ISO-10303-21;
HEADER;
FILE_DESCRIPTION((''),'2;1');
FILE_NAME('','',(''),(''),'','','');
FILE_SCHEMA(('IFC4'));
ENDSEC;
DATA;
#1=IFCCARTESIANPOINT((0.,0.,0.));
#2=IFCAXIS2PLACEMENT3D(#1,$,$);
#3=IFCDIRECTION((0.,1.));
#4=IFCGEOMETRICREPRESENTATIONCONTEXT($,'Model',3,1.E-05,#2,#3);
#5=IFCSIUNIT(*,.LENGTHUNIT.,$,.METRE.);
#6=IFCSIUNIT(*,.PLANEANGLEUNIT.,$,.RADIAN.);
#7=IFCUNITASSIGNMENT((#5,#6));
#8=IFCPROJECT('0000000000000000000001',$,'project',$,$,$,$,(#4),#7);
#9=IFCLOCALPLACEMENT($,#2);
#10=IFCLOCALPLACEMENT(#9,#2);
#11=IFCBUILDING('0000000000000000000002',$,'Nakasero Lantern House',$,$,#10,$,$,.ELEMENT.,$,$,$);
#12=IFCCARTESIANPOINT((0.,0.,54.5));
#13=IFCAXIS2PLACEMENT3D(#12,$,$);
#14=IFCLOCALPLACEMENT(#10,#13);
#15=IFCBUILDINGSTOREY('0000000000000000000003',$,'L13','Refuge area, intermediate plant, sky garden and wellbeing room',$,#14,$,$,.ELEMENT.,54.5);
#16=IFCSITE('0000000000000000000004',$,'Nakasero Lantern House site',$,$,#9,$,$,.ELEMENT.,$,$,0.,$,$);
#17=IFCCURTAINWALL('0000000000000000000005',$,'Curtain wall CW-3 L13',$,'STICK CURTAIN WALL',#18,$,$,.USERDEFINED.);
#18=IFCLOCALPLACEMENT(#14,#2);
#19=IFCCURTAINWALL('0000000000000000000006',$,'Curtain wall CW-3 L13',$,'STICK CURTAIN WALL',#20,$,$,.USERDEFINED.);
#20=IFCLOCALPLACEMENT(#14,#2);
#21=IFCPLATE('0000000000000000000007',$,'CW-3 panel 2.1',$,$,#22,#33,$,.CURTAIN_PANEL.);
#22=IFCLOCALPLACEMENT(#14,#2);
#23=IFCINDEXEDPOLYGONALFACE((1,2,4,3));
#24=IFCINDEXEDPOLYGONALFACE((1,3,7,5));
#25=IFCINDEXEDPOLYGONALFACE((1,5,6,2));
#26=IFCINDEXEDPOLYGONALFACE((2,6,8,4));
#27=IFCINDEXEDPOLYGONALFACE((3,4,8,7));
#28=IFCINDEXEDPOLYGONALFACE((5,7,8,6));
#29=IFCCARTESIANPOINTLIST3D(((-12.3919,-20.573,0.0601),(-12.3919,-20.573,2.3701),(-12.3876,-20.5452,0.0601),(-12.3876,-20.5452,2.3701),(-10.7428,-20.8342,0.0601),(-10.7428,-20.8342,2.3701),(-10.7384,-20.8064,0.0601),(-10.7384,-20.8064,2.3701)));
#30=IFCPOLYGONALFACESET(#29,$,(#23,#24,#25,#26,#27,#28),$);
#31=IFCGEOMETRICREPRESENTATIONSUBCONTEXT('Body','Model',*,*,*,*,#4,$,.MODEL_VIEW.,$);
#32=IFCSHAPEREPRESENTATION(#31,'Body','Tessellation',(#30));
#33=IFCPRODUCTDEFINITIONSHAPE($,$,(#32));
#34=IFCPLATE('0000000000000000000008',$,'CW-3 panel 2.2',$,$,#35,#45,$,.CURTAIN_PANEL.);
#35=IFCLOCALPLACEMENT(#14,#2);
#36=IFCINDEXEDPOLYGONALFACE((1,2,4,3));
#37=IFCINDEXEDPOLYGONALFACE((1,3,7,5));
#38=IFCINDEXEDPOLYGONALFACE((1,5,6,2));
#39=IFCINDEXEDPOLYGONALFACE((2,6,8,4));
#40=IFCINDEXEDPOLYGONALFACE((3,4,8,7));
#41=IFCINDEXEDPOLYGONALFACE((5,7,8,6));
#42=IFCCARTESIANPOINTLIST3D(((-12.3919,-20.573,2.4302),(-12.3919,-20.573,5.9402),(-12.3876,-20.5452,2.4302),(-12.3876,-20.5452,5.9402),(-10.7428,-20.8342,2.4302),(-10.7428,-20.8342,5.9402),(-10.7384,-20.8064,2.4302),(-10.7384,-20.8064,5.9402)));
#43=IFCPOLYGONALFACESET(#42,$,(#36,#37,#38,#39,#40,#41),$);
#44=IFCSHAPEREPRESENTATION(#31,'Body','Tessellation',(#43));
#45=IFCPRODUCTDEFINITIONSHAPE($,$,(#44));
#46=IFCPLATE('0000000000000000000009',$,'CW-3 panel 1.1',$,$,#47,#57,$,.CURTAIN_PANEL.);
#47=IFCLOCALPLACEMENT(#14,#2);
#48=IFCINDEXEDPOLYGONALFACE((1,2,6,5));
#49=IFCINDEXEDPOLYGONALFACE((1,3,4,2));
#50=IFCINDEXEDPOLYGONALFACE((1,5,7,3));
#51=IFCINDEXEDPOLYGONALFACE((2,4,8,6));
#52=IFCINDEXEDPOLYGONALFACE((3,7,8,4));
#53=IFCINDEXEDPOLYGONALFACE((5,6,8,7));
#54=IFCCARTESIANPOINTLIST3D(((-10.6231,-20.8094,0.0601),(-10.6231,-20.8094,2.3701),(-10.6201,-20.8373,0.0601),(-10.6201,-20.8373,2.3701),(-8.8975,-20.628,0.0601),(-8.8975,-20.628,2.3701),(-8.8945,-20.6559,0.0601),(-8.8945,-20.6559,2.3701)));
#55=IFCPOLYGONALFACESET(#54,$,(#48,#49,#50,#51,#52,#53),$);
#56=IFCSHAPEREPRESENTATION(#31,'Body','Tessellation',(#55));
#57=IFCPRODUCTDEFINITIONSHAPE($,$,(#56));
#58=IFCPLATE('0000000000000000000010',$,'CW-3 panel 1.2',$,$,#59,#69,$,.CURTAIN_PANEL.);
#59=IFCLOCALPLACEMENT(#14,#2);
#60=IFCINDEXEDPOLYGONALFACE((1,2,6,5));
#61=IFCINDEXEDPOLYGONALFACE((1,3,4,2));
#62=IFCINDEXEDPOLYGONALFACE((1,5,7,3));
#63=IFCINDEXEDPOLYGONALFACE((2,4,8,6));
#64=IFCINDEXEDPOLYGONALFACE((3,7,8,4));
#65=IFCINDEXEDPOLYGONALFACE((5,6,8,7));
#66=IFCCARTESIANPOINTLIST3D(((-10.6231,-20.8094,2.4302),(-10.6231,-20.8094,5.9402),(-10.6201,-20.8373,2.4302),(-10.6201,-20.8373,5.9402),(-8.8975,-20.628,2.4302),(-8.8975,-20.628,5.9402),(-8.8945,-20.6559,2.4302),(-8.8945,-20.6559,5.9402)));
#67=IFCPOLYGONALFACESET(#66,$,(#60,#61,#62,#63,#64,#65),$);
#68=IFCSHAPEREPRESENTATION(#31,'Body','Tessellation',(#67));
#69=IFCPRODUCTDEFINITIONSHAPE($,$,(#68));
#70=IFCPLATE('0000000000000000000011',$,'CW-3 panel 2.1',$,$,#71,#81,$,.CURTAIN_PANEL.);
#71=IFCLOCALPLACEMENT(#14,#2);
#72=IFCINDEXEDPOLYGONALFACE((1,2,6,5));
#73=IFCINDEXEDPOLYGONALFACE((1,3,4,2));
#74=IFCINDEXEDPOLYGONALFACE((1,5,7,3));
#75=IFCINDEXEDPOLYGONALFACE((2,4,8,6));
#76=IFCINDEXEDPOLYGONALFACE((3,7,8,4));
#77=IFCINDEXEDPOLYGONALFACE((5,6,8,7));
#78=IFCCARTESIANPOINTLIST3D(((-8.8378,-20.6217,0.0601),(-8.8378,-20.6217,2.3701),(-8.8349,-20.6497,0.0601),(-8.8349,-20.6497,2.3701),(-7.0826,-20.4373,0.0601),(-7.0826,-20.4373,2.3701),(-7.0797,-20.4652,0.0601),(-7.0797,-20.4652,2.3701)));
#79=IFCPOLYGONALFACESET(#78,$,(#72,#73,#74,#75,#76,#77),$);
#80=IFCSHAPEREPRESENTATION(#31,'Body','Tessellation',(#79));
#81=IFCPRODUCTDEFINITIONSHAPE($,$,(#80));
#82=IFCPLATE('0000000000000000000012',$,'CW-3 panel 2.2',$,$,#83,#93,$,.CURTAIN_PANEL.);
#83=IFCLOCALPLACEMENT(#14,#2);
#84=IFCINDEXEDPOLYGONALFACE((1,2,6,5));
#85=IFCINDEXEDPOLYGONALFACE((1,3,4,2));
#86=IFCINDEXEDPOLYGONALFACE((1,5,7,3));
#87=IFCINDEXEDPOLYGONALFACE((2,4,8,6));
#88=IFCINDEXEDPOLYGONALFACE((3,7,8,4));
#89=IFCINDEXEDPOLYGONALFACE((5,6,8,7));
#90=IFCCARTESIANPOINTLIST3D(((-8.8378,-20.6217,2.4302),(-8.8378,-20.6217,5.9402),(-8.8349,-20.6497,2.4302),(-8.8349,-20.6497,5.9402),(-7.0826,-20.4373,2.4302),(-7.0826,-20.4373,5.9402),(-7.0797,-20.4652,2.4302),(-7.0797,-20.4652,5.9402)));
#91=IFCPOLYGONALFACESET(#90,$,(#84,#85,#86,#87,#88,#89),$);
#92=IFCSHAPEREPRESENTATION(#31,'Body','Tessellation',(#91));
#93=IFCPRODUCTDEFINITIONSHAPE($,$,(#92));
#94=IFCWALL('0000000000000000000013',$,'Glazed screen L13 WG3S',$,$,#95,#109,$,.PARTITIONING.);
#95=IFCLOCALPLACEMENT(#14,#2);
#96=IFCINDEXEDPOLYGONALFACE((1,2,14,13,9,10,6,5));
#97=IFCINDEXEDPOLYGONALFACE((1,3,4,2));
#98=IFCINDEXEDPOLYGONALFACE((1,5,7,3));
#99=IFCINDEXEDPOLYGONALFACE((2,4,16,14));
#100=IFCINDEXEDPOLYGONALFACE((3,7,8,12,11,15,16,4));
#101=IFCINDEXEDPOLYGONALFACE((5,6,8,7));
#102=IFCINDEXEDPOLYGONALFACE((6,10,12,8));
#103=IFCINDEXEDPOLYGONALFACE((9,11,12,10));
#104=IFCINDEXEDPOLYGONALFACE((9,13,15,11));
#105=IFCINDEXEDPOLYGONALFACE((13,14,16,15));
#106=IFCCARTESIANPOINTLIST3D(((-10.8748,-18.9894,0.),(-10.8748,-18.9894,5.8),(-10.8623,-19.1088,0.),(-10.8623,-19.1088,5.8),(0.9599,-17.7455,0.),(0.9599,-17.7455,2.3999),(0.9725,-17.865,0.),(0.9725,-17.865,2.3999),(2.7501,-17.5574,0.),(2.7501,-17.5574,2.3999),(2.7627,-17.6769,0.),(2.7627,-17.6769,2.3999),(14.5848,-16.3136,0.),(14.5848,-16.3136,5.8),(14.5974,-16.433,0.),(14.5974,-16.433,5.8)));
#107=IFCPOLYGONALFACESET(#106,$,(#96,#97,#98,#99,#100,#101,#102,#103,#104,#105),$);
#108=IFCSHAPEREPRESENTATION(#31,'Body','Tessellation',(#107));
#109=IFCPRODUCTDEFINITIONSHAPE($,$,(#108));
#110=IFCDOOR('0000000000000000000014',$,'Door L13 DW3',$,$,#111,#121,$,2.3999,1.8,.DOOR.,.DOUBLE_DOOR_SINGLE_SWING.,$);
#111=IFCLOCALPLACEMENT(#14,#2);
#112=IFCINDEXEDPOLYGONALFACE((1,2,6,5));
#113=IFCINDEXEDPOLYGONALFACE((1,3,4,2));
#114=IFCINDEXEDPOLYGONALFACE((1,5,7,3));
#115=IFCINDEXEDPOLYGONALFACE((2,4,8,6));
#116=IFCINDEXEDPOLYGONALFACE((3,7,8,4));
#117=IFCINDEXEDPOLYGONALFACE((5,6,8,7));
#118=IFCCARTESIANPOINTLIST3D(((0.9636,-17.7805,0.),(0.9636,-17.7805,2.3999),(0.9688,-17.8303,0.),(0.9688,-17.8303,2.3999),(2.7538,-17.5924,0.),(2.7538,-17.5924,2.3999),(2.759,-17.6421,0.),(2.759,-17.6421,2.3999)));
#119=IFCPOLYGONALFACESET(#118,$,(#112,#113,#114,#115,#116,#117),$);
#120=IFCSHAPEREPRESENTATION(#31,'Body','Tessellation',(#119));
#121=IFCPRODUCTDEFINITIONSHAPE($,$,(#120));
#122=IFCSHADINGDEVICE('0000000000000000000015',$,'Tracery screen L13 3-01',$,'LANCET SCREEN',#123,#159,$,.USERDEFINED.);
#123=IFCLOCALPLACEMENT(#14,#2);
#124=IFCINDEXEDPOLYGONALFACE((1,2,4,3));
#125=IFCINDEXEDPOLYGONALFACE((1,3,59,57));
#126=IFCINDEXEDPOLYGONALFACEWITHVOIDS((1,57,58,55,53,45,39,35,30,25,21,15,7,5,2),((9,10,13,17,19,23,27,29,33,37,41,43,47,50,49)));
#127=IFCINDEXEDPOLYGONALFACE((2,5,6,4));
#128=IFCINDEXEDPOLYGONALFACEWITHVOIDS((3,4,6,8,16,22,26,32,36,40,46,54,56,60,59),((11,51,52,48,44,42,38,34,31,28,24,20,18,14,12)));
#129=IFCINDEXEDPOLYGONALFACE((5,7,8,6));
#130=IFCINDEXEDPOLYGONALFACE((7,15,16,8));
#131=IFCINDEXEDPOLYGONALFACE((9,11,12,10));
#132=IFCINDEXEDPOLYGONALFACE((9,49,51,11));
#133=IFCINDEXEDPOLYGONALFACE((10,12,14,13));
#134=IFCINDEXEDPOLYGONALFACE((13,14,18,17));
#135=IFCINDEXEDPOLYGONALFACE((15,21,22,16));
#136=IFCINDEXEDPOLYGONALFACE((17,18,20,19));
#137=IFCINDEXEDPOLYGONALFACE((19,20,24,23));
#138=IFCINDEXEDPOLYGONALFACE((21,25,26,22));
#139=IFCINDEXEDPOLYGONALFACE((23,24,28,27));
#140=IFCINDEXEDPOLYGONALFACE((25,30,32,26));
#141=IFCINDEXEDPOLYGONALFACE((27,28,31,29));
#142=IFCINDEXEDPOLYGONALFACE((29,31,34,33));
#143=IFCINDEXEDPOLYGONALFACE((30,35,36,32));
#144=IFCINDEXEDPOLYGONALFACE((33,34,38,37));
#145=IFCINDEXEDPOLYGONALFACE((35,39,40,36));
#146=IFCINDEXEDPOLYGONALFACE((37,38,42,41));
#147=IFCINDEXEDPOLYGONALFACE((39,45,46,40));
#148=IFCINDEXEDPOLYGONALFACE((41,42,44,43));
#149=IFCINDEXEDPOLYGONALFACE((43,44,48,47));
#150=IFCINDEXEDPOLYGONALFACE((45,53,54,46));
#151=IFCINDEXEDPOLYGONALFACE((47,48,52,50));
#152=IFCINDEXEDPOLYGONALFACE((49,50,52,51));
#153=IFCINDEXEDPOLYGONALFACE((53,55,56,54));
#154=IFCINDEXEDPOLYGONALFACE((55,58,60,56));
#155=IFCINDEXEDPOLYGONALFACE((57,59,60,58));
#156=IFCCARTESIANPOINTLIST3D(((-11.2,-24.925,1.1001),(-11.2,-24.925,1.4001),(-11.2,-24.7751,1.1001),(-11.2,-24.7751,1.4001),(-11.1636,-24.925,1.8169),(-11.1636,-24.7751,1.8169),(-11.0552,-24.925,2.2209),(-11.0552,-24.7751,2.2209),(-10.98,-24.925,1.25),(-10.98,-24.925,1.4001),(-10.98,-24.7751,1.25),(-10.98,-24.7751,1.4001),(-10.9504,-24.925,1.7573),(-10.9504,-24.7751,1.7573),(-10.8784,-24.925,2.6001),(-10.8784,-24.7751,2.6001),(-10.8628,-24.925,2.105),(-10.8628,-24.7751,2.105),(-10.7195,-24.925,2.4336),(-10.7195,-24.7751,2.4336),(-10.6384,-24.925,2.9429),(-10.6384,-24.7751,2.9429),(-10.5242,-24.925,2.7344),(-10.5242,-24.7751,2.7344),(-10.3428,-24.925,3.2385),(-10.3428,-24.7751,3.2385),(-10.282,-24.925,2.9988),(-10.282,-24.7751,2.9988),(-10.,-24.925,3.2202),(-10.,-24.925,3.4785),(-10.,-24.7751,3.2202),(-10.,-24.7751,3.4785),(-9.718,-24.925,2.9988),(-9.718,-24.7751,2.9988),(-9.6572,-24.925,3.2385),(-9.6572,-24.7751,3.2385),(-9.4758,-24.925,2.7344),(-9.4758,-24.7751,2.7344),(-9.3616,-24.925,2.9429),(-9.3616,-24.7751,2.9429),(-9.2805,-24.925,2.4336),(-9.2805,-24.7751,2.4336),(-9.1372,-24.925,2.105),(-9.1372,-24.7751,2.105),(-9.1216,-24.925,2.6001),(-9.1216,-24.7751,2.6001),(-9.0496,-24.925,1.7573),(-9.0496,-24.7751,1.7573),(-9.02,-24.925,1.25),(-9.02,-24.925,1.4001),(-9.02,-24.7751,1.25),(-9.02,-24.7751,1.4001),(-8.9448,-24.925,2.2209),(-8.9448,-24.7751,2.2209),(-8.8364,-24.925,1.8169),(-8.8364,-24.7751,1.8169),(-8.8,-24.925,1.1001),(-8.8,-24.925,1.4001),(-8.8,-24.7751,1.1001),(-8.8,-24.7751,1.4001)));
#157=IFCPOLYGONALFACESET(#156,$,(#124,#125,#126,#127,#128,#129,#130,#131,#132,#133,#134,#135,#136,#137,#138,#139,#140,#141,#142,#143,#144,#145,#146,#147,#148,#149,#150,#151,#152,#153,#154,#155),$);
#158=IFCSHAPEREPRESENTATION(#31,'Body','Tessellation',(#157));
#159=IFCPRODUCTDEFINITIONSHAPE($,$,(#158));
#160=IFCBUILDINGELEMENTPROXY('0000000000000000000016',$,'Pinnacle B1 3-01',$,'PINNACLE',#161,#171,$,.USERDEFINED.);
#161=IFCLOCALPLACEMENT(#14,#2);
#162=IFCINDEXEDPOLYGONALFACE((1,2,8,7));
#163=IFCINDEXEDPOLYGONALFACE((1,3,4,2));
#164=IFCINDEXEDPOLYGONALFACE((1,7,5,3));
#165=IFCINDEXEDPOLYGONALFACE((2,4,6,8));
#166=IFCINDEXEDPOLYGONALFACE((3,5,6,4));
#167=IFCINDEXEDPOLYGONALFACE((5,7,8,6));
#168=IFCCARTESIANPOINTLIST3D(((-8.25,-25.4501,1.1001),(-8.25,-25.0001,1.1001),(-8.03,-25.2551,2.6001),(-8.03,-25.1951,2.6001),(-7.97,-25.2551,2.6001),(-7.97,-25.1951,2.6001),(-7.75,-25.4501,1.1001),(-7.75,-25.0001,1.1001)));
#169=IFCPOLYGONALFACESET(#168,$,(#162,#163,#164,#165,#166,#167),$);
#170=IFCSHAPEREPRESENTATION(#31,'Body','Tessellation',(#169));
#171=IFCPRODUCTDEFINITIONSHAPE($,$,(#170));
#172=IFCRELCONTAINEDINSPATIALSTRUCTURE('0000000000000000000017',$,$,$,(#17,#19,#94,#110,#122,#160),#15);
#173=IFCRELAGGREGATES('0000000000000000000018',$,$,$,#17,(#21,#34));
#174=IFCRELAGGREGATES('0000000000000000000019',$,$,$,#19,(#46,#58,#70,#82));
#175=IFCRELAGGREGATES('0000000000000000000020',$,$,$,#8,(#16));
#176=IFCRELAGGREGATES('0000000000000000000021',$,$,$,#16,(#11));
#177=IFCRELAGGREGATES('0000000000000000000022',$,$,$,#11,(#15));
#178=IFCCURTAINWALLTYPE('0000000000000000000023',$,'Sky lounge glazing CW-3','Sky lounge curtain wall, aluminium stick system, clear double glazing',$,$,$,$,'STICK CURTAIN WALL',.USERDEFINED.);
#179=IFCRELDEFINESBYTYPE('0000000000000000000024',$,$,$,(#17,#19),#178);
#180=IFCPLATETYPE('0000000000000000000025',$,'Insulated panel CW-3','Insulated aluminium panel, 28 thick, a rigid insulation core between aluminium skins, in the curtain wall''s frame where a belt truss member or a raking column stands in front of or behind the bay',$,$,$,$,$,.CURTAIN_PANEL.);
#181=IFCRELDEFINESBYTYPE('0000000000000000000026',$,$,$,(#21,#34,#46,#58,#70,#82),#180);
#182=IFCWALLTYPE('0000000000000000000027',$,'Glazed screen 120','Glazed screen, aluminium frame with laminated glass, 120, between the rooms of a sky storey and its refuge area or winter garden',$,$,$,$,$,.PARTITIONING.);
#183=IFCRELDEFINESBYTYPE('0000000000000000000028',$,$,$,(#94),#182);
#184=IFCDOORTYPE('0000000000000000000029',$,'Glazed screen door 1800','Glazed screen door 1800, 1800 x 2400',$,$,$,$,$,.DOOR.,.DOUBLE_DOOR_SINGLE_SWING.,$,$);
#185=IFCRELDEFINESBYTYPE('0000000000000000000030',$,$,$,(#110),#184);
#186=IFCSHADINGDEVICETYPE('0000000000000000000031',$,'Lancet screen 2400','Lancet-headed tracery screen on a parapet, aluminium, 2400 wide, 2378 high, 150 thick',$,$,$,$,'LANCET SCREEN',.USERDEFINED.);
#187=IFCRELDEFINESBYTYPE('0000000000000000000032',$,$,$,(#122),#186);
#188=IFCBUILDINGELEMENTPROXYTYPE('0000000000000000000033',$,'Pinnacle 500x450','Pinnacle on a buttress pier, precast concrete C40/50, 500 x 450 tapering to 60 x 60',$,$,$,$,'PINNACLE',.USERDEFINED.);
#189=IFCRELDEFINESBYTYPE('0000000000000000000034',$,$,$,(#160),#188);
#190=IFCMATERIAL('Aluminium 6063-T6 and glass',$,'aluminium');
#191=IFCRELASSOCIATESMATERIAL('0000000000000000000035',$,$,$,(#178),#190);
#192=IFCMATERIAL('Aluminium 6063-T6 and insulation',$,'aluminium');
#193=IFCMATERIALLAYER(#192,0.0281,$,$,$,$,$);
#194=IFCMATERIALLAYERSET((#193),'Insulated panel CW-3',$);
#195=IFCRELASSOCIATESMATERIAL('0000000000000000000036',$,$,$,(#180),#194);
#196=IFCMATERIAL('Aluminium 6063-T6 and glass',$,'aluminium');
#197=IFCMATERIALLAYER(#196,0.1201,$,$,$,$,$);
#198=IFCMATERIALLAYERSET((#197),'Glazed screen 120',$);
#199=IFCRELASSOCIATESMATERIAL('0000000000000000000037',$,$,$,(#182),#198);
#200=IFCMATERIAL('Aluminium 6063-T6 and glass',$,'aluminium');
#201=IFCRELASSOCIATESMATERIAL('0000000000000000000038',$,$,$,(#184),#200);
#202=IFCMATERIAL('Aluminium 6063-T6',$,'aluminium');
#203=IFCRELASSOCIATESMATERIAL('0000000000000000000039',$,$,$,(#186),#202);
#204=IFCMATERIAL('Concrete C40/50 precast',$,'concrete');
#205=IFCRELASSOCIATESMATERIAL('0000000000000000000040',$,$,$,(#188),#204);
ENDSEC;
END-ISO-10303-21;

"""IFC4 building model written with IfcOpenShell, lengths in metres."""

from ifc_helpers import new_model, entity, si_unit, direction, frame, frame_2d, origin, origin_2d, place, context, subcontext, project, spatial, polyline, rectangle, outline, extrude, material, layer, layer_set, type_object, element, fill, aggregate, save


model = new_model("IFC4")

# Units and contexts
model_context = context("Model", 3, precision=1e-05, world=origin(), true_north=direction((0.0, 1.0)))
body_context = subcontext(model_context, "Body", "Model", "MODEL_VIEW")
ifc_project = project(units=[si_unit("LENGTHUNIT", "METRE"), si_unit("PLANEANGLEUNIT", "RADIAN")], contexts=[model_context])

# Site, building, storey
site_placement = place(None, origin())
site = spatial("IfcSite", under=ifc_project, at=site_placement, Name="Nakasero Lantern House site", CompositionType="ELEMENT", RefElevation=0.0)
building_placement = place(site_placement, origin())
building = spatial("IfcBuilding", under=site, at=building_placement, Name="Nakasero Lantern House", CompositionType="ELEMENT")
storey_placement = place(building_placement, frame((0.0, 0.0, 54.5)))
storey = spatial("IfcBuildingStorey", under=building, at=storey_placement, Name="L13", Description="Refuge area, intermediate plant, sky garden and wellbeing room", CompositionType="ELEMENT", Elevation=54.5)

# Curtain wall
ifc_material_1 = material(Name="Aluminium 6063-T6 and glass", Category="aluminium")
curtain_wall_type = type_object("IfcCurtainWallType", Name="Sky lounge glazing CW-3", Description="Sky lounge curtain wall, aluminium stick system, clear double glazing", ElementType="STICK CURTAIN WALL", PredefinedType="USERDEFINED", material=ifc_material_1)
curtain_wall_1_placement = place(storey_placement, origin())
curtain_wall_1 = element("IfcCurtainWall", 1, at=curtain_wall_1_placement, inside=storey, type_object=curtain_wall_type, Name="Curtain wall CW-3 L13", ObjectType="STICK CURTAIN WALL", PredefinedType="USERDEFINED")

# Curtain wall
curtain_wall_2_placement = place(storey_placement, origin())
curtain_wall_2 = element("IfcCurtainWall", 2, at=curtain_wall_2_placement, inside=storey, type_object=curtain_wall_type, Name="Curtain wall CW-3 L13", ObjectType="STICK CURTAIN WALL", PredefinedType="USERDEFINED")

# Plates
ifc_material_2 = material(Name="Aluminium 6063-T6 and insulation", Category="aluminium")
ifc_layer_1 = layer(ifc_material_2, 0.0281)
ifc_layer_set_1 = layer_set([ifc_layer_1], Name="Insulated panel CW-3")
plate_type = type_object("IfcPlateType", Name="Insulated panel CW-3", Description="Insulated aluminium panel, 28 thick, a rigid insulation core between aluminium skins, in the curtain wall's frame where a belt truss member or a raking column stands in front of or behind the bay", PredefinedType="CURTAIN_PANEL", material=ifc_layer_set_1)
plate_1_placement = place(storey_placement, frame((-11.5652, -20.6897, 0.0601), z_axis=(0.0, 0.0, 1.0), x_axis=(0.987688, -0.156434, 0.0)))
plate_1 = element("IfcPlate", 3, at=plate_1_placement, type_object=plate_type, Name="CW-3 panel 2.1", PredefinedType="CURTAIN_PANEL", context=body_context, shape_type="SweptSolid", body=[
    extrude(rectangle(XDim=1.6697, YDim=0.0281, at=origin_2d()), origin(), (0.0, 0.0, 1.0), 2.3101),
])
plate_2_placement = place(storey_placement, frame((-11.5652, -20.6897, 2.4302), z_axis=(0.0, 0.0, 1.0), x_axis=(0.987688, -0.156434, 0.0)))
plate_2 = element("IfcPlate", 4, at=plate_2_placement, type_object=plate_type, Name="CW-3 panel 2.2", PredefinedType="CURTAIN_PANEL", context=body_context, shape_type="SweptSolid", body=[
    extrude(rectangle(XDim=1.6697, YDim=0.0281, at=origin_2d()), origin(), (0.0, 0.0, 1.0), 3.51),
])
aggregate(curtain_wall_1, [plate_1, plate_2])
plate_3_placement = place(storey_placement, frame((-9.7588, -20.7327, 0.0601), z_axis=(0.0, 0.0, 1.0), x_axis=(0.994522, 0.104528, 0.0)))
plate_3 = element("IfcPlate", 5, at=plate_3_placement, type_object=plate_type, Name="CW-3 panel 1.1", PredefinedType="CURTAIN_PANEL", context=body_context, shape_type="SweptSolid", body=[
    extrude(rectangle(XDim=1.7351, YDim=0.0281, at=origin_2d()), origin(), (0.0, 0.0, 1.0), 2.3101),
])
plate_4_placement = place(storey_placement, frame((-9.7588, -20.7327, 2.4302), z_axis=(0.0, 0.0, 1.0), x_axis=(0.994522, 0.104528, 0.0)))
plate_4 = element("IfcPlate", 6, at=plate_4_placement, type_object=plate_type, Name="CW-3 panel 1.2", PredefinedType="CURTAIN_PANEL", context=body_context, shape_type="SweptSolid", body=[
    extrude(rectangle(XDim=1.7351, YDim=0.0281, at=origin_2d()), origin(), (0.0, 0.0, 1.0), 3.51),
])
plate_5_placement = place(storey_placement, frame((-7.9587, -20.5435, 0.0601), z_axis=(0.0, 0.0, 1.0), x_axis=(0.994522, 0.104528, 0.0)))
plate_5 = element("IfcPlate", 7, at=plate_5_placement, type_object=plate_type, Name="CW-3 panel 2.1", PredefinedType="CURTAIN_PANEL", context=body_context, shape_type="SweptSolid", body=[
    extrude(rectangle(XDim=1.7649, YDim=0.0281, at=origin_2d()), origin(), (0.0, 0.0, 1.0), 2.3101),
])
plate_6_placement = place(storey_placement, frame((-7.9587, -20.5435, 2.4302), z_axis=(0.0, 0.0, 1.0), x_axis=(0.994522, 0.104528, 0.0)))
plate_6 = element("IfcPlate", 8, at=plate_6_placement, type_object=plate_type, Name="CW-3 panel 2.2", PredefinedType="CURTAIN_PANEL", context=body_context, shape_type="SweptSolid", body=[
    extrude(rectangle(XDim=1.7649, YDim=0.0281, at=origin_2d()), origin(), (0.0, 0.0, 1.0), 3.51),
])
aggregate(curtain_wall_2, [plate_3, plate_4, plate_5, plate_6])

# Wall, opening, door
ifc_material_3 = material(Name="Aluminium 6063-T6 and glass", Category="aluminium")
ifc_layer_2 = layer(ifc_material_3, 0.1201)
ifc_layer_set_2 = layer_set([ifc_layer_2], Name="Glazed screen 120")
wall_type = type_object("IfcWallType", Name="Glazed screen 120", Description="Glazed screen, aluminium frame with laminated glass, 120, between the rooms of a sky storey and its refuge area or winter garden", PredefinedType="PARTITIONING", material=ifc_layer_set_2)
wall_placement = place(storey_placement, frame((-10.8684, -19.0491, 0.0), z_axis=(0.0, 0.0, 1.0), x_axis=(0.994522, 0.104523, 0.0)))
wall = element("IfcWall", 9, at=wall_placement, inside=storey, type_object=wall_type, Name="Glazed screen L13 WG3S", PredefinedType="PARTITIONING", context=body_context, shape_type="SweptSolid", body=[
    extrude(rectangle(XDim=25.5999, YDim=0.1201, at=frame_2d((12.7998, 0.0))), origin(), (0.0, 0.0, 1.0), 5.8),
])
opening_placement = place(wall_placement, frame((11.8999, 0.0, 0.0)))
opening = element("IfcOpeningElement", 10, at=opening_placement, cuts=wall, PredefinedType="OPENING", context=body_context, shape_type="SweptSolid", body=[
    extrude(rectangle(XDim=1.8, YDim=2.3999, at=frame_2d((0.8999, 1.2))), frame((0.0, 0.0801, 0.0), z_axis=(0.0, -1.0, 0.0), x_axis=(1.0, 0.0, 0.0)), (0.0, 0.0, 1.0), 0.1602),
])
ifc_material_4 = material(Name="Aluminium 6063-T6 and glass", Category="aluminium")
door_type = type_object("IfcDoorType", Name="Glazed screen door 1800", Description="Glazed screen door 1800, 1800 x 2400", OperationType="DOUBLE_DOOR_SINGLE_SWING", PredefinedType="DOOR", material=ifc_material_4)
door_placement = place(opening_placement, origin())
door = element("IfcDoor", 11, at=door_placement, inside=storey, type_object=door_type, Name="Door L13 DW3", OperationType="DOUBLE_DOOR_SINGLE_SWING", OverallHeight=2.3999, OverallWidth=1.8, PredefinedType="DOOR", context=body_context, shape_type="SweptSolid", body=[
    extrude(rectangle(XDim=1.8, YDim=2.3999, at=frame_2d((0.8999, 1.2))), frame((0.0, 0.0249, 0.0), z_axis=(0.0, -1.0, 0.0), x_axis=(1.0, 0.0, 0.0)), (0.0, 0.0, 1.0), 0.05),
])
fill(opening, door)

# Shading device
ifc_material_5 = material(Name="Aluminium 6063-T6", Category="aluminium")
shading_device_type = type_object("IfcShadingDeviceType", Name="Lancet screen 2400", Description="Lancet-headed tracery screen on a parapet, aluminium, 2400 wide, 2378 high, 150 thick", ElementType="LANCET SCREEN", PredefinedType="USERDEFINED", material=ifc_material_5)
shading_device_placement = place(storey_placement, frame((-10.0, -24.8501, 1.1001), z_axis=(0.0, 0.0, 1.0), x_axis=(1.0, 0.0, 0.0)))
element("IfcShadingDevice", 12, at=shading_device_placement, inside=storey, type_object=shading_device_type, Name="Tracery screen L13 3-01", ObjectType="LANCET SCREEN", PredefinedType="USERDEFINED", context=body_context, shape_type="SweptSolid", body=[
    extrude(outline(polyline([(-1.2, 0.0), (1.2, 0.0), (1.2, 0.3), (1.1636, 0.7168), (1.0552, 1.1208), (0.8784, 1.5), (0.6384, 1.8428), (0.3428, 2.1384), (0.0, 2.3784), (-0.3428, 2.1384), (-0.6384, 1.8428), (-0.8784, 1.5), (-1.0552, 1.1208), (-1.1636, 0.7168), (-1.2, 0.3), (-1.2, 0.0)]), holes=[polyline([(-0.98, 0.1499), (0.98, 0.1499), (0.98, 0.3), (0.9504, 0.6572), (0.8628, 1.0049), (0.7195, 1.3335), (0.5242, 1.6343), (0.282, 1.8987), (0.0, 2.1201), (-0.282, 1.8987), (-0.5242, 1.6343), (-0.7195, 1.3335), (-0.8628, 1.0049), (-0.9504, 0.6572), (-0.98, 0.3), (-0.98, 0.1499)])]), frame((0.0, 0.075, 0.0), z_axis=(0.0, -1.0, 0.0), x_axis=(1.0, 0.0, 0.0)), (0.0, 0.0, 1.0), 0.1499),
])

# Building element proxy
ifc_material_6 = material(Name="Concrete C40/50 precast", Category="concrete")
building_element_proxy_type = type_object("IfcBuildingElementProxyType", Name="Pinnacle 500x450", Description="Pinnacle on a buttress pier, precast concrete C40/50, 500 x 450 tapering to 60 x 60", ElementType="PINNACLE", PredefinedType="USERDEFINED", material=ifc_material_6)
proxy_placement = place(storey_placement, frame((-8.0, -25.2251, 1.1001), z_axis=(0.0, 0.0, 1.0), x_axis=(0.0, -1.0, 0.0)))
element("IfcBuildingElementProxy", 13, at=proxy_placement, inside=storey, type_object=building_element_proxy_type, Name="Pinnacle B1 3-01", ObjectType="PINNACLE", PredefinedType="USERDEFINED", context=body_context, shape_type="SweptSolid", body=[
    entity("IfcExtrudedAreaSolidTapered", entity("IfcRectangleProfileDef", "AREA", None, entity("IfcAxis2Placement2D", entity("IfcCartesianPoint", [0.0, 0.0])), 0.45, 0.5), entity("IfcAxis2Placement3D", entity("IfcCartesianPoint", [0.0, 0.0, 0.0])), entity("IfcDirection", [0.0, 0.0, 1.0]), 1.5, entity("IfcRectangleProfileDef", "AREA", None, entity("IfcAxis2Placement2D", entity("IfcCartesianPoint", [0.0, 0.0])), 0.0601, 0.0601)),
])

save(model, "model.ifc")
